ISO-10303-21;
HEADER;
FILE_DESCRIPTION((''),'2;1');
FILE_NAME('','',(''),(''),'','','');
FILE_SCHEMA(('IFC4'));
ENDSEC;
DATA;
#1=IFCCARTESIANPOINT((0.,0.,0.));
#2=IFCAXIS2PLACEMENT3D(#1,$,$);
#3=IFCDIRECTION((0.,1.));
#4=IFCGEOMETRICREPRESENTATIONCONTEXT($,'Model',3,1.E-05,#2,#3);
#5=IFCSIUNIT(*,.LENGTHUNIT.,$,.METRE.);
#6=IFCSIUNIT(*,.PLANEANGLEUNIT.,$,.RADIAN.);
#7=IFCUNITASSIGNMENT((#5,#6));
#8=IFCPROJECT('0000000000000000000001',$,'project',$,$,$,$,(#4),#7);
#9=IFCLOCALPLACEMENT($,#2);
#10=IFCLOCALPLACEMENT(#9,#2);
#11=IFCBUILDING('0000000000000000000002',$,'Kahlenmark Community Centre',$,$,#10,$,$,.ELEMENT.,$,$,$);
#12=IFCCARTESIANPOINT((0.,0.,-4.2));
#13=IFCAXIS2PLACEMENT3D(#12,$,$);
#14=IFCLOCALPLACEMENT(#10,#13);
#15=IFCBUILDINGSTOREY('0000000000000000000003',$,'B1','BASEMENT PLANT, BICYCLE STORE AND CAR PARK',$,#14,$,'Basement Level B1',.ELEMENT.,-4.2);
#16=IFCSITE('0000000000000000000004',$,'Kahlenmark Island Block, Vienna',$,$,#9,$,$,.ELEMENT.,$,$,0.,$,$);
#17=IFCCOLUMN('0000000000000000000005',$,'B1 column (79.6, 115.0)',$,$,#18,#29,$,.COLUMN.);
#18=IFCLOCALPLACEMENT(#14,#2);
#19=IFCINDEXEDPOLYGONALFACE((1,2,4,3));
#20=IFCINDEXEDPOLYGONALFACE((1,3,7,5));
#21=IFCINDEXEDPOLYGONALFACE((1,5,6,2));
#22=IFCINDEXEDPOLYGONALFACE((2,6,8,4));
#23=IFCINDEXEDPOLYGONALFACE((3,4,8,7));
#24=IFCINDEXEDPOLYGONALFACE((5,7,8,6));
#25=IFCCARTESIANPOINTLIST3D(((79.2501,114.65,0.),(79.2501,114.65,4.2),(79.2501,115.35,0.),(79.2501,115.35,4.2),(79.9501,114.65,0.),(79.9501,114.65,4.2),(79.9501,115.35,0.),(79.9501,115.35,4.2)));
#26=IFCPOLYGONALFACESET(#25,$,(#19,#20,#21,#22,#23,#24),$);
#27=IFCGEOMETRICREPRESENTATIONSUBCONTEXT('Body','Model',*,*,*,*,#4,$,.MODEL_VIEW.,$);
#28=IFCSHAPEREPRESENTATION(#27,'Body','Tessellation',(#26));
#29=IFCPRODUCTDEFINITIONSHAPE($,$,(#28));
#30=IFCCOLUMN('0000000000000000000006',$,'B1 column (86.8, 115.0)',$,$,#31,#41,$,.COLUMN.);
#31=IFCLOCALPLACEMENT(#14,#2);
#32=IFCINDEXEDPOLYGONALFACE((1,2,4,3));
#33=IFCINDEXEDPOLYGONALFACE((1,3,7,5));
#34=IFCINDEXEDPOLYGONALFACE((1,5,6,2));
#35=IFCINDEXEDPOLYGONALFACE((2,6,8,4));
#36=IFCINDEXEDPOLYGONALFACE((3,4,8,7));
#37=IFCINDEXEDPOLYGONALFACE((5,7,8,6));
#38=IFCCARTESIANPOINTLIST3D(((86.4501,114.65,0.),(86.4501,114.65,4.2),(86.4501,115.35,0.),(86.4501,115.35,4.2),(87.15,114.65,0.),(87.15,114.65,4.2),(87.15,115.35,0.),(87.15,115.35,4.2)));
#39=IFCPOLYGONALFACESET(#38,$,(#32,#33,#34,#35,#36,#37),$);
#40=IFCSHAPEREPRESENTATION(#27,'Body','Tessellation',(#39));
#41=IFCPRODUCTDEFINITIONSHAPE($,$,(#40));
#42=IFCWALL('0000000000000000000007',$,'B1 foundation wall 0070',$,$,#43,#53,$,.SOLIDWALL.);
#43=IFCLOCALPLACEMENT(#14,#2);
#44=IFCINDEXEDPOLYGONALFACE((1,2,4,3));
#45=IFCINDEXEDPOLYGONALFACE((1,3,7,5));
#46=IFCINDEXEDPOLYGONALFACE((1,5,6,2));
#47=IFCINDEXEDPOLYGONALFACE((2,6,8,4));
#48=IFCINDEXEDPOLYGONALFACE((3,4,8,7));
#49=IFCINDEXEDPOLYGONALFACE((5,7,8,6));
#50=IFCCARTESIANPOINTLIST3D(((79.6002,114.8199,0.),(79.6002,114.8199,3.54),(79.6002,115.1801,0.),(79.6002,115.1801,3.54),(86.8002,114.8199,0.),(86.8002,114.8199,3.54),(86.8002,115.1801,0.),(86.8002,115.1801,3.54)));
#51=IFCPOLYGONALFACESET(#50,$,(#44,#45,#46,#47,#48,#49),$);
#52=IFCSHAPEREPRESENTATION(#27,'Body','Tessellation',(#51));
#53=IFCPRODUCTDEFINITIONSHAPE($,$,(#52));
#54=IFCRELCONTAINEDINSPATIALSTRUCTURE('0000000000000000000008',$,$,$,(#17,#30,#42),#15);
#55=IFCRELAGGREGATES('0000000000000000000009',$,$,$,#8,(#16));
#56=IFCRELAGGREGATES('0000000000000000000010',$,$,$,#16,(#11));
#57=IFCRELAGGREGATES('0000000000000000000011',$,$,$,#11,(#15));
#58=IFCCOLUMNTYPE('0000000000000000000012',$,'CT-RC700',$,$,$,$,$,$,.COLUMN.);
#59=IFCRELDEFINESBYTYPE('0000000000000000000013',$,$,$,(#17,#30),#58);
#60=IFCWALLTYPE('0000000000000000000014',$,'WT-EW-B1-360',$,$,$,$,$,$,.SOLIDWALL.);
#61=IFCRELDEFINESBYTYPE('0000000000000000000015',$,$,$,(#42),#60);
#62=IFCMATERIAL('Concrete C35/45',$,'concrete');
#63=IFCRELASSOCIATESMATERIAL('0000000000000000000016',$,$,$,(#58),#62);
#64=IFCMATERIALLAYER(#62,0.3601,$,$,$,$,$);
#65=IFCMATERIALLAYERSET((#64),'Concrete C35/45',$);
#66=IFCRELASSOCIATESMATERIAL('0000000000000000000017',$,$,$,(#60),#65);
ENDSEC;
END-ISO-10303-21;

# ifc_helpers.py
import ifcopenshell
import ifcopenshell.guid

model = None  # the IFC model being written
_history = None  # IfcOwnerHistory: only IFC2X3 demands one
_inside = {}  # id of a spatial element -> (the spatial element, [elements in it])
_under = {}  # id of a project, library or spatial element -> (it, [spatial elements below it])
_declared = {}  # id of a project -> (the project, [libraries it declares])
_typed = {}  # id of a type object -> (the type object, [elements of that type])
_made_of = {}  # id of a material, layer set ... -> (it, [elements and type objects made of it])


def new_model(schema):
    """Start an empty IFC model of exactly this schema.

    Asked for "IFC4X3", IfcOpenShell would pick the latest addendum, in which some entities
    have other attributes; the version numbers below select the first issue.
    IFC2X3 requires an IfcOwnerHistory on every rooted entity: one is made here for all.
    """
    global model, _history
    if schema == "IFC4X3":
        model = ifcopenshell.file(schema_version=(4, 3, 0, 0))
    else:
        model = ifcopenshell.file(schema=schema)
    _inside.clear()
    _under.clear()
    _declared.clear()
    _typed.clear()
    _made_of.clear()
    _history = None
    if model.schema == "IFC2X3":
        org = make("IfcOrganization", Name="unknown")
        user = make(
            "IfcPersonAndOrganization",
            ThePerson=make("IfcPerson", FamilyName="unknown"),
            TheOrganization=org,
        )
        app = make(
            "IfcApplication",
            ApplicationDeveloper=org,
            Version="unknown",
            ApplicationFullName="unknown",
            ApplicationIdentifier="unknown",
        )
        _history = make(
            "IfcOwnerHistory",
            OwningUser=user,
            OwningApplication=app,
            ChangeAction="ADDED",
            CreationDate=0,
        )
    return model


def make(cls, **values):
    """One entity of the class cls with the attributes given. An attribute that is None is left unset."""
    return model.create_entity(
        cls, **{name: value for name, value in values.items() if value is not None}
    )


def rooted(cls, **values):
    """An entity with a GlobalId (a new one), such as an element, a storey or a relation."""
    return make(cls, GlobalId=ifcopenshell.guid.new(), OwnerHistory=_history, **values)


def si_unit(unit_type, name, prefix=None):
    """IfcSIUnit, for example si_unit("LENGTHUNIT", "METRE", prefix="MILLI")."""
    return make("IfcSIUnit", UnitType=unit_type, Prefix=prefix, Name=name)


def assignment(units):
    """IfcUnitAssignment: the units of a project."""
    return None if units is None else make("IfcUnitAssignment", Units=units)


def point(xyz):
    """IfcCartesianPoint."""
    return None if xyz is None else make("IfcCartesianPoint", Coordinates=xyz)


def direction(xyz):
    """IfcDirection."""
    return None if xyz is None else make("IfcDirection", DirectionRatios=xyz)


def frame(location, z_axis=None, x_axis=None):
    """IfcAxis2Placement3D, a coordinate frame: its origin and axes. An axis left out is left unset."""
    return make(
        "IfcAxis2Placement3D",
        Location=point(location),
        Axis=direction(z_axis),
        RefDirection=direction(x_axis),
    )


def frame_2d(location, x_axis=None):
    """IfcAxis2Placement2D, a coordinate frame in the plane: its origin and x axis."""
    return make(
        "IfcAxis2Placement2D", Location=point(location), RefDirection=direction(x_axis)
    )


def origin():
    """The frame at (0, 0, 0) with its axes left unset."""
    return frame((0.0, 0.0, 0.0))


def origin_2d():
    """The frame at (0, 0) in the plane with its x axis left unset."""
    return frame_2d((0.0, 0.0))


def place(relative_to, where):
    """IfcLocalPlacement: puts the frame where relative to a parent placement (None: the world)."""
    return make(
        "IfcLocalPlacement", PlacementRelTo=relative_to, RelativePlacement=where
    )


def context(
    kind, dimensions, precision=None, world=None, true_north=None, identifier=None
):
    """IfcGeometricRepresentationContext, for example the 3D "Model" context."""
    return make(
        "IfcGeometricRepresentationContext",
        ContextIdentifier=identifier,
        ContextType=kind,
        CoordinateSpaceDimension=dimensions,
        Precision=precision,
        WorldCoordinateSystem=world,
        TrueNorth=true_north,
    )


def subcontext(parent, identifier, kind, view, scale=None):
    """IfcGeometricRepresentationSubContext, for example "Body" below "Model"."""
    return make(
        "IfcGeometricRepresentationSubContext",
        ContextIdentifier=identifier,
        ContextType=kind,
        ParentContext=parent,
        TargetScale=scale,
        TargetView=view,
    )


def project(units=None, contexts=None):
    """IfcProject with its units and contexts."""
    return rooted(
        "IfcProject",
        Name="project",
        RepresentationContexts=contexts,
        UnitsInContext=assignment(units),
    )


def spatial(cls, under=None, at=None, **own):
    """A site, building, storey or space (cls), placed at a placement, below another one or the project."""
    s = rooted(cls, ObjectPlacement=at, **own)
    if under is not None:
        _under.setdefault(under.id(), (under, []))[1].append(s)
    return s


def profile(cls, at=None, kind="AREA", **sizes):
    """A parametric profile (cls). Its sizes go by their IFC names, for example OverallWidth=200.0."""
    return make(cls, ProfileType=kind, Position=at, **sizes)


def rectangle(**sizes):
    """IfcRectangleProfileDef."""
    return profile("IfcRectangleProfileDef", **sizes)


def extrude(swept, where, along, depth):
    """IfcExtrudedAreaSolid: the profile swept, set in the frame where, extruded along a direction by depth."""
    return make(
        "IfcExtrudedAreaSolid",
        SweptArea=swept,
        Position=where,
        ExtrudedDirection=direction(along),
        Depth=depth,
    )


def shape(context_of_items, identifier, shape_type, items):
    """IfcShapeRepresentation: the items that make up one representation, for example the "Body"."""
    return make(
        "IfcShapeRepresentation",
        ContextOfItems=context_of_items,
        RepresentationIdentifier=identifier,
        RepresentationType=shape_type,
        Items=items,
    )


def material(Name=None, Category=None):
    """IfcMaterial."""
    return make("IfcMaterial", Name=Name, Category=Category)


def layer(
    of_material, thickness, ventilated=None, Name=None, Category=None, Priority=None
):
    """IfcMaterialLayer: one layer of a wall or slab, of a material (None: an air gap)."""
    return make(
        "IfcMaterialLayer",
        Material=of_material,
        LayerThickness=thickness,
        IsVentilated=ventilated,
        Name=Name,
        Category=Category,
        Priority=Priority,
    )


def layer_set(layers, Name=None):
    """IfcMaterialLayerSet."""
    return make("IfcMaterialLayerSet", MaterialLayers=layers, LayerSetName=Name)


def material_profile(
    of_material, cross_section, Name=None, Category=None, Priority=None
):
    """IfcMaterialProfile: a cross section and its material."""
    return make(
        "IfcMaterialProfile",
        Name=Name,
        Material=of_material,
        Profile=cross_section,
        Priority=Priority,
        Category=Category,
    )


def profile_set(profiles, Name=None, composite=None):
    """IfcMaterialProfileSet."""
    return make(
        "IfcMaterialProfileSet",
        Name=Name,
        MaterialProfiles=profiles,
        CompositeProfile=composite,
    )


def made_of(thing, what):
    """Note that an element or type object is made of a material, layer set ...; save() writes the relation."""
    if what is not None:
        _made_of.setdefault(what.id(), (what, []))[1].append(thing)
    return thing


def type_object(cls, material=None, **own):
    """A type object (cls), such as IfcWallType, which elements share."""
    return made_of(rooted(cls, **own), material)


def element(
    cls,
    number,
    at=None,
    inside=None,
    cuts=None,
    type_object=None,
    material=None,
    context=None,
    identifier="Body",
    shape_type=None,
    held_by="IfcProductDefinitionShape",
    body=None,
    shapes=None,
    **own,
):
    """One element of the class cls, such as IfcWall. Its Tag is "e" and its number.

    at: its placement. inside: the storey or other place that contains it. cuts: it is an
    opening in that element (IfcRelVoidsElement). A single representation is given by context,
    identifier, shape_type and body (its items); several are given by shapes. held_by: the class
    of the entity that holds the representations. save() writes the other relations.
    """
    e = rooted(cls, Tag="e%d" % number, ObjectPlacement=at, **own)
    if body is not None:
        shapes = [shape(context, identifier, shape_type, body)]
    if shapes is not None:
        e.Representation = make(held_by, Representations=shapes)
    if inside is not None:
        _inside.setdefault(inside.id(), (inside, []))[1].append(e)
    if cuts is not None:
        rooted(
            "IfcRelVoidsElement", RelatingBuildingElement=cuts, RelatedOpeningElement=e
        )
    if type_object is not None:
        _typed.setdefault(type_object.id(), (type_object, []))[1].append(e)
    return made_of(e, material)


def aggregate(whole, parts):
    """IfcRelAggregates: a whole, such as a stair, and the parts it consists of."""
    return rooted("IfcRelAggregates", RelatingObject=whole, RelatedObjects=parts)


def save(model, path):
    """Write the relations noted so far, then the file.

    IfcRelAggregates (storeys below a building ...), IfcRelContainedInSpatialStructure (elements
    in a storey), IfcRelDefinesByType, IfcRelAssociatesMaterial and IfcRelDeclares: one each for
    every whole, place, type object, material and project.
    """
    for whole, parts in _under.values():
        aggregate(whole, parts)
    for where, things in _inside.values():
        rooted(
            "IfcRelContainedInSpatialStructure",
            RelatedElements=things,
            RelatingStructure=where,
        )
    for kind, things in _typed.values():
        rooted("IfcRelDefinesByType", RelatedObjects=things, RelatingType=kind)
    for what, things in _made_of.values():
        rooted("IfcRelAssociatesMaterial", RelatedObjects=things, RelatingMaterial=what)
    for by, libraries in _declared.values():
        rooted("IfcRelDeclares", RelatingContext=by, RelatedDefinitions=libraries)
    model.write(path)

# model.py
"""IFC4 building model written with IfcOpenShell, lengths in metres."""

from ifc_helpers import new_model, si_unit, direction, frame, frame_2d, origin, origin_2d, place, context, subcontext, project, spatial, rectangle, extrude, material, layer, layer_set, material_profile, profile_set, type_object, element, save


model = new_model("IFC4")

# Units and contexts
model_context = context("Model", 3, precision=1e-05, world=origin(), true_north=direction((0.0, 1.0)))
body_context = subcontext(model_context, "Body", "Model", "MODEL_VIEW")
ifc_project = project(units=[si_unit("LENGTHUNIT", "METRE"), si_unit("PLANEANGLEUNIT", "RADIAN")], contexts=[model_context])

# Site, building, storey
site_placement = place(None, origin())
site = spatial("IfcSite", under=ifc_project, at=site_placement, Name="Kahlenmark Island Block, Vienna", CompositionType="ELEMENT", RefElevation=0.0)
building_placement = place(site_placement, origin())
building = spatial("IfcBuilding", under=site, at=building_placement, Name="Kahlenmark Community Centre", CompositionType="ELEMENT")
storey_placement = place(building_placement, frame((0.0, 0.0, -4.2)))
storey = spatial("IfcBuildingStorey", under=building, at=storey_placement, Name="B1", Description="BASEMENT PLANT, BICYCLE STORE AND CAR PARK", LongName="Basement Level B1", CompositionType="ELEMENT", Elevation=-4.2)

# Columns
ifc_material_1 = material(Name="Concrete C35/45", Category="concrete")
ifc_material_profile_1 = material_profile(ifc_material_1, rectangle(XDim=0.7, YDim=0.7, at=origin_2d()), Name="RC 700x700")
ifc_profile_set_1 = profile_set([ifc_material_profile_1], Name="Concrete C35/45")
column_type_1 = type_object("IfcColumnType", Name="CT-RC700", PredefinedType="COLUMN", material=ifc_profile_set_1)
for number, where, z_axis, x_axis, name in (
    (1, (79.6001, 115.0, 0.0), (0.0, 0.0, 1.0), (1.0, 0.0, 0.0), "B1 column (79.6, 115.0)"),
    (2, (86.8, 115.0, 0.0), (0.0, 0.0, 1.0), (1.0, 0.0, 0.0), "B1 column (86.8, 115.0)"),
):
    element("IfcColumn", number, at=place(storey_placement, frame(where, z_axis=z_axis, x_axis=x_axis)), inside=storey, type_object=column_type_1, Name=name, PredefinedType="COLUMN", context=body_context, shape_type="SweptSolid", body=[
        extrude(rectangle(XDim=0.7, YDim=0.7, at=origin_2d()), origin(), (0.0, 0.0, 1.0), 4.2),
    ])

# Wall
ifc_layer = layer(ifc_material_1, 0.3601)
ifc_layer_set = layer_set([ifc_layer], Name="Concrete C35/45")
wall_type = type_object("IfcWallType", Name="WT-EW-B1-360", PredefinedType="SOLIDWALL", material=ifc_layer_set)
wall_placement = place(storey_placement, frame((79.6001, 115.0, 0.0), z_axis=(0.0, 0.0, 1.0), x_axis=(1.0, 0.0, 0.0)))
element("IfcWall", 3, at=wall_placement, inside=storey, type_object=wall_type, Name="B1 foundation wall 0070", PredefinedType="SOLIDWALL", context=body_context, shape_type="SweptSolid", body=[
    extrude(rectangle(XDim=7.2, YDim=0.3601, at=frame_2d((3.6001, 0.0))), origin(), (0.0, 0.0, 1.0), 3.54),
])

save(model, "model.ifc")
